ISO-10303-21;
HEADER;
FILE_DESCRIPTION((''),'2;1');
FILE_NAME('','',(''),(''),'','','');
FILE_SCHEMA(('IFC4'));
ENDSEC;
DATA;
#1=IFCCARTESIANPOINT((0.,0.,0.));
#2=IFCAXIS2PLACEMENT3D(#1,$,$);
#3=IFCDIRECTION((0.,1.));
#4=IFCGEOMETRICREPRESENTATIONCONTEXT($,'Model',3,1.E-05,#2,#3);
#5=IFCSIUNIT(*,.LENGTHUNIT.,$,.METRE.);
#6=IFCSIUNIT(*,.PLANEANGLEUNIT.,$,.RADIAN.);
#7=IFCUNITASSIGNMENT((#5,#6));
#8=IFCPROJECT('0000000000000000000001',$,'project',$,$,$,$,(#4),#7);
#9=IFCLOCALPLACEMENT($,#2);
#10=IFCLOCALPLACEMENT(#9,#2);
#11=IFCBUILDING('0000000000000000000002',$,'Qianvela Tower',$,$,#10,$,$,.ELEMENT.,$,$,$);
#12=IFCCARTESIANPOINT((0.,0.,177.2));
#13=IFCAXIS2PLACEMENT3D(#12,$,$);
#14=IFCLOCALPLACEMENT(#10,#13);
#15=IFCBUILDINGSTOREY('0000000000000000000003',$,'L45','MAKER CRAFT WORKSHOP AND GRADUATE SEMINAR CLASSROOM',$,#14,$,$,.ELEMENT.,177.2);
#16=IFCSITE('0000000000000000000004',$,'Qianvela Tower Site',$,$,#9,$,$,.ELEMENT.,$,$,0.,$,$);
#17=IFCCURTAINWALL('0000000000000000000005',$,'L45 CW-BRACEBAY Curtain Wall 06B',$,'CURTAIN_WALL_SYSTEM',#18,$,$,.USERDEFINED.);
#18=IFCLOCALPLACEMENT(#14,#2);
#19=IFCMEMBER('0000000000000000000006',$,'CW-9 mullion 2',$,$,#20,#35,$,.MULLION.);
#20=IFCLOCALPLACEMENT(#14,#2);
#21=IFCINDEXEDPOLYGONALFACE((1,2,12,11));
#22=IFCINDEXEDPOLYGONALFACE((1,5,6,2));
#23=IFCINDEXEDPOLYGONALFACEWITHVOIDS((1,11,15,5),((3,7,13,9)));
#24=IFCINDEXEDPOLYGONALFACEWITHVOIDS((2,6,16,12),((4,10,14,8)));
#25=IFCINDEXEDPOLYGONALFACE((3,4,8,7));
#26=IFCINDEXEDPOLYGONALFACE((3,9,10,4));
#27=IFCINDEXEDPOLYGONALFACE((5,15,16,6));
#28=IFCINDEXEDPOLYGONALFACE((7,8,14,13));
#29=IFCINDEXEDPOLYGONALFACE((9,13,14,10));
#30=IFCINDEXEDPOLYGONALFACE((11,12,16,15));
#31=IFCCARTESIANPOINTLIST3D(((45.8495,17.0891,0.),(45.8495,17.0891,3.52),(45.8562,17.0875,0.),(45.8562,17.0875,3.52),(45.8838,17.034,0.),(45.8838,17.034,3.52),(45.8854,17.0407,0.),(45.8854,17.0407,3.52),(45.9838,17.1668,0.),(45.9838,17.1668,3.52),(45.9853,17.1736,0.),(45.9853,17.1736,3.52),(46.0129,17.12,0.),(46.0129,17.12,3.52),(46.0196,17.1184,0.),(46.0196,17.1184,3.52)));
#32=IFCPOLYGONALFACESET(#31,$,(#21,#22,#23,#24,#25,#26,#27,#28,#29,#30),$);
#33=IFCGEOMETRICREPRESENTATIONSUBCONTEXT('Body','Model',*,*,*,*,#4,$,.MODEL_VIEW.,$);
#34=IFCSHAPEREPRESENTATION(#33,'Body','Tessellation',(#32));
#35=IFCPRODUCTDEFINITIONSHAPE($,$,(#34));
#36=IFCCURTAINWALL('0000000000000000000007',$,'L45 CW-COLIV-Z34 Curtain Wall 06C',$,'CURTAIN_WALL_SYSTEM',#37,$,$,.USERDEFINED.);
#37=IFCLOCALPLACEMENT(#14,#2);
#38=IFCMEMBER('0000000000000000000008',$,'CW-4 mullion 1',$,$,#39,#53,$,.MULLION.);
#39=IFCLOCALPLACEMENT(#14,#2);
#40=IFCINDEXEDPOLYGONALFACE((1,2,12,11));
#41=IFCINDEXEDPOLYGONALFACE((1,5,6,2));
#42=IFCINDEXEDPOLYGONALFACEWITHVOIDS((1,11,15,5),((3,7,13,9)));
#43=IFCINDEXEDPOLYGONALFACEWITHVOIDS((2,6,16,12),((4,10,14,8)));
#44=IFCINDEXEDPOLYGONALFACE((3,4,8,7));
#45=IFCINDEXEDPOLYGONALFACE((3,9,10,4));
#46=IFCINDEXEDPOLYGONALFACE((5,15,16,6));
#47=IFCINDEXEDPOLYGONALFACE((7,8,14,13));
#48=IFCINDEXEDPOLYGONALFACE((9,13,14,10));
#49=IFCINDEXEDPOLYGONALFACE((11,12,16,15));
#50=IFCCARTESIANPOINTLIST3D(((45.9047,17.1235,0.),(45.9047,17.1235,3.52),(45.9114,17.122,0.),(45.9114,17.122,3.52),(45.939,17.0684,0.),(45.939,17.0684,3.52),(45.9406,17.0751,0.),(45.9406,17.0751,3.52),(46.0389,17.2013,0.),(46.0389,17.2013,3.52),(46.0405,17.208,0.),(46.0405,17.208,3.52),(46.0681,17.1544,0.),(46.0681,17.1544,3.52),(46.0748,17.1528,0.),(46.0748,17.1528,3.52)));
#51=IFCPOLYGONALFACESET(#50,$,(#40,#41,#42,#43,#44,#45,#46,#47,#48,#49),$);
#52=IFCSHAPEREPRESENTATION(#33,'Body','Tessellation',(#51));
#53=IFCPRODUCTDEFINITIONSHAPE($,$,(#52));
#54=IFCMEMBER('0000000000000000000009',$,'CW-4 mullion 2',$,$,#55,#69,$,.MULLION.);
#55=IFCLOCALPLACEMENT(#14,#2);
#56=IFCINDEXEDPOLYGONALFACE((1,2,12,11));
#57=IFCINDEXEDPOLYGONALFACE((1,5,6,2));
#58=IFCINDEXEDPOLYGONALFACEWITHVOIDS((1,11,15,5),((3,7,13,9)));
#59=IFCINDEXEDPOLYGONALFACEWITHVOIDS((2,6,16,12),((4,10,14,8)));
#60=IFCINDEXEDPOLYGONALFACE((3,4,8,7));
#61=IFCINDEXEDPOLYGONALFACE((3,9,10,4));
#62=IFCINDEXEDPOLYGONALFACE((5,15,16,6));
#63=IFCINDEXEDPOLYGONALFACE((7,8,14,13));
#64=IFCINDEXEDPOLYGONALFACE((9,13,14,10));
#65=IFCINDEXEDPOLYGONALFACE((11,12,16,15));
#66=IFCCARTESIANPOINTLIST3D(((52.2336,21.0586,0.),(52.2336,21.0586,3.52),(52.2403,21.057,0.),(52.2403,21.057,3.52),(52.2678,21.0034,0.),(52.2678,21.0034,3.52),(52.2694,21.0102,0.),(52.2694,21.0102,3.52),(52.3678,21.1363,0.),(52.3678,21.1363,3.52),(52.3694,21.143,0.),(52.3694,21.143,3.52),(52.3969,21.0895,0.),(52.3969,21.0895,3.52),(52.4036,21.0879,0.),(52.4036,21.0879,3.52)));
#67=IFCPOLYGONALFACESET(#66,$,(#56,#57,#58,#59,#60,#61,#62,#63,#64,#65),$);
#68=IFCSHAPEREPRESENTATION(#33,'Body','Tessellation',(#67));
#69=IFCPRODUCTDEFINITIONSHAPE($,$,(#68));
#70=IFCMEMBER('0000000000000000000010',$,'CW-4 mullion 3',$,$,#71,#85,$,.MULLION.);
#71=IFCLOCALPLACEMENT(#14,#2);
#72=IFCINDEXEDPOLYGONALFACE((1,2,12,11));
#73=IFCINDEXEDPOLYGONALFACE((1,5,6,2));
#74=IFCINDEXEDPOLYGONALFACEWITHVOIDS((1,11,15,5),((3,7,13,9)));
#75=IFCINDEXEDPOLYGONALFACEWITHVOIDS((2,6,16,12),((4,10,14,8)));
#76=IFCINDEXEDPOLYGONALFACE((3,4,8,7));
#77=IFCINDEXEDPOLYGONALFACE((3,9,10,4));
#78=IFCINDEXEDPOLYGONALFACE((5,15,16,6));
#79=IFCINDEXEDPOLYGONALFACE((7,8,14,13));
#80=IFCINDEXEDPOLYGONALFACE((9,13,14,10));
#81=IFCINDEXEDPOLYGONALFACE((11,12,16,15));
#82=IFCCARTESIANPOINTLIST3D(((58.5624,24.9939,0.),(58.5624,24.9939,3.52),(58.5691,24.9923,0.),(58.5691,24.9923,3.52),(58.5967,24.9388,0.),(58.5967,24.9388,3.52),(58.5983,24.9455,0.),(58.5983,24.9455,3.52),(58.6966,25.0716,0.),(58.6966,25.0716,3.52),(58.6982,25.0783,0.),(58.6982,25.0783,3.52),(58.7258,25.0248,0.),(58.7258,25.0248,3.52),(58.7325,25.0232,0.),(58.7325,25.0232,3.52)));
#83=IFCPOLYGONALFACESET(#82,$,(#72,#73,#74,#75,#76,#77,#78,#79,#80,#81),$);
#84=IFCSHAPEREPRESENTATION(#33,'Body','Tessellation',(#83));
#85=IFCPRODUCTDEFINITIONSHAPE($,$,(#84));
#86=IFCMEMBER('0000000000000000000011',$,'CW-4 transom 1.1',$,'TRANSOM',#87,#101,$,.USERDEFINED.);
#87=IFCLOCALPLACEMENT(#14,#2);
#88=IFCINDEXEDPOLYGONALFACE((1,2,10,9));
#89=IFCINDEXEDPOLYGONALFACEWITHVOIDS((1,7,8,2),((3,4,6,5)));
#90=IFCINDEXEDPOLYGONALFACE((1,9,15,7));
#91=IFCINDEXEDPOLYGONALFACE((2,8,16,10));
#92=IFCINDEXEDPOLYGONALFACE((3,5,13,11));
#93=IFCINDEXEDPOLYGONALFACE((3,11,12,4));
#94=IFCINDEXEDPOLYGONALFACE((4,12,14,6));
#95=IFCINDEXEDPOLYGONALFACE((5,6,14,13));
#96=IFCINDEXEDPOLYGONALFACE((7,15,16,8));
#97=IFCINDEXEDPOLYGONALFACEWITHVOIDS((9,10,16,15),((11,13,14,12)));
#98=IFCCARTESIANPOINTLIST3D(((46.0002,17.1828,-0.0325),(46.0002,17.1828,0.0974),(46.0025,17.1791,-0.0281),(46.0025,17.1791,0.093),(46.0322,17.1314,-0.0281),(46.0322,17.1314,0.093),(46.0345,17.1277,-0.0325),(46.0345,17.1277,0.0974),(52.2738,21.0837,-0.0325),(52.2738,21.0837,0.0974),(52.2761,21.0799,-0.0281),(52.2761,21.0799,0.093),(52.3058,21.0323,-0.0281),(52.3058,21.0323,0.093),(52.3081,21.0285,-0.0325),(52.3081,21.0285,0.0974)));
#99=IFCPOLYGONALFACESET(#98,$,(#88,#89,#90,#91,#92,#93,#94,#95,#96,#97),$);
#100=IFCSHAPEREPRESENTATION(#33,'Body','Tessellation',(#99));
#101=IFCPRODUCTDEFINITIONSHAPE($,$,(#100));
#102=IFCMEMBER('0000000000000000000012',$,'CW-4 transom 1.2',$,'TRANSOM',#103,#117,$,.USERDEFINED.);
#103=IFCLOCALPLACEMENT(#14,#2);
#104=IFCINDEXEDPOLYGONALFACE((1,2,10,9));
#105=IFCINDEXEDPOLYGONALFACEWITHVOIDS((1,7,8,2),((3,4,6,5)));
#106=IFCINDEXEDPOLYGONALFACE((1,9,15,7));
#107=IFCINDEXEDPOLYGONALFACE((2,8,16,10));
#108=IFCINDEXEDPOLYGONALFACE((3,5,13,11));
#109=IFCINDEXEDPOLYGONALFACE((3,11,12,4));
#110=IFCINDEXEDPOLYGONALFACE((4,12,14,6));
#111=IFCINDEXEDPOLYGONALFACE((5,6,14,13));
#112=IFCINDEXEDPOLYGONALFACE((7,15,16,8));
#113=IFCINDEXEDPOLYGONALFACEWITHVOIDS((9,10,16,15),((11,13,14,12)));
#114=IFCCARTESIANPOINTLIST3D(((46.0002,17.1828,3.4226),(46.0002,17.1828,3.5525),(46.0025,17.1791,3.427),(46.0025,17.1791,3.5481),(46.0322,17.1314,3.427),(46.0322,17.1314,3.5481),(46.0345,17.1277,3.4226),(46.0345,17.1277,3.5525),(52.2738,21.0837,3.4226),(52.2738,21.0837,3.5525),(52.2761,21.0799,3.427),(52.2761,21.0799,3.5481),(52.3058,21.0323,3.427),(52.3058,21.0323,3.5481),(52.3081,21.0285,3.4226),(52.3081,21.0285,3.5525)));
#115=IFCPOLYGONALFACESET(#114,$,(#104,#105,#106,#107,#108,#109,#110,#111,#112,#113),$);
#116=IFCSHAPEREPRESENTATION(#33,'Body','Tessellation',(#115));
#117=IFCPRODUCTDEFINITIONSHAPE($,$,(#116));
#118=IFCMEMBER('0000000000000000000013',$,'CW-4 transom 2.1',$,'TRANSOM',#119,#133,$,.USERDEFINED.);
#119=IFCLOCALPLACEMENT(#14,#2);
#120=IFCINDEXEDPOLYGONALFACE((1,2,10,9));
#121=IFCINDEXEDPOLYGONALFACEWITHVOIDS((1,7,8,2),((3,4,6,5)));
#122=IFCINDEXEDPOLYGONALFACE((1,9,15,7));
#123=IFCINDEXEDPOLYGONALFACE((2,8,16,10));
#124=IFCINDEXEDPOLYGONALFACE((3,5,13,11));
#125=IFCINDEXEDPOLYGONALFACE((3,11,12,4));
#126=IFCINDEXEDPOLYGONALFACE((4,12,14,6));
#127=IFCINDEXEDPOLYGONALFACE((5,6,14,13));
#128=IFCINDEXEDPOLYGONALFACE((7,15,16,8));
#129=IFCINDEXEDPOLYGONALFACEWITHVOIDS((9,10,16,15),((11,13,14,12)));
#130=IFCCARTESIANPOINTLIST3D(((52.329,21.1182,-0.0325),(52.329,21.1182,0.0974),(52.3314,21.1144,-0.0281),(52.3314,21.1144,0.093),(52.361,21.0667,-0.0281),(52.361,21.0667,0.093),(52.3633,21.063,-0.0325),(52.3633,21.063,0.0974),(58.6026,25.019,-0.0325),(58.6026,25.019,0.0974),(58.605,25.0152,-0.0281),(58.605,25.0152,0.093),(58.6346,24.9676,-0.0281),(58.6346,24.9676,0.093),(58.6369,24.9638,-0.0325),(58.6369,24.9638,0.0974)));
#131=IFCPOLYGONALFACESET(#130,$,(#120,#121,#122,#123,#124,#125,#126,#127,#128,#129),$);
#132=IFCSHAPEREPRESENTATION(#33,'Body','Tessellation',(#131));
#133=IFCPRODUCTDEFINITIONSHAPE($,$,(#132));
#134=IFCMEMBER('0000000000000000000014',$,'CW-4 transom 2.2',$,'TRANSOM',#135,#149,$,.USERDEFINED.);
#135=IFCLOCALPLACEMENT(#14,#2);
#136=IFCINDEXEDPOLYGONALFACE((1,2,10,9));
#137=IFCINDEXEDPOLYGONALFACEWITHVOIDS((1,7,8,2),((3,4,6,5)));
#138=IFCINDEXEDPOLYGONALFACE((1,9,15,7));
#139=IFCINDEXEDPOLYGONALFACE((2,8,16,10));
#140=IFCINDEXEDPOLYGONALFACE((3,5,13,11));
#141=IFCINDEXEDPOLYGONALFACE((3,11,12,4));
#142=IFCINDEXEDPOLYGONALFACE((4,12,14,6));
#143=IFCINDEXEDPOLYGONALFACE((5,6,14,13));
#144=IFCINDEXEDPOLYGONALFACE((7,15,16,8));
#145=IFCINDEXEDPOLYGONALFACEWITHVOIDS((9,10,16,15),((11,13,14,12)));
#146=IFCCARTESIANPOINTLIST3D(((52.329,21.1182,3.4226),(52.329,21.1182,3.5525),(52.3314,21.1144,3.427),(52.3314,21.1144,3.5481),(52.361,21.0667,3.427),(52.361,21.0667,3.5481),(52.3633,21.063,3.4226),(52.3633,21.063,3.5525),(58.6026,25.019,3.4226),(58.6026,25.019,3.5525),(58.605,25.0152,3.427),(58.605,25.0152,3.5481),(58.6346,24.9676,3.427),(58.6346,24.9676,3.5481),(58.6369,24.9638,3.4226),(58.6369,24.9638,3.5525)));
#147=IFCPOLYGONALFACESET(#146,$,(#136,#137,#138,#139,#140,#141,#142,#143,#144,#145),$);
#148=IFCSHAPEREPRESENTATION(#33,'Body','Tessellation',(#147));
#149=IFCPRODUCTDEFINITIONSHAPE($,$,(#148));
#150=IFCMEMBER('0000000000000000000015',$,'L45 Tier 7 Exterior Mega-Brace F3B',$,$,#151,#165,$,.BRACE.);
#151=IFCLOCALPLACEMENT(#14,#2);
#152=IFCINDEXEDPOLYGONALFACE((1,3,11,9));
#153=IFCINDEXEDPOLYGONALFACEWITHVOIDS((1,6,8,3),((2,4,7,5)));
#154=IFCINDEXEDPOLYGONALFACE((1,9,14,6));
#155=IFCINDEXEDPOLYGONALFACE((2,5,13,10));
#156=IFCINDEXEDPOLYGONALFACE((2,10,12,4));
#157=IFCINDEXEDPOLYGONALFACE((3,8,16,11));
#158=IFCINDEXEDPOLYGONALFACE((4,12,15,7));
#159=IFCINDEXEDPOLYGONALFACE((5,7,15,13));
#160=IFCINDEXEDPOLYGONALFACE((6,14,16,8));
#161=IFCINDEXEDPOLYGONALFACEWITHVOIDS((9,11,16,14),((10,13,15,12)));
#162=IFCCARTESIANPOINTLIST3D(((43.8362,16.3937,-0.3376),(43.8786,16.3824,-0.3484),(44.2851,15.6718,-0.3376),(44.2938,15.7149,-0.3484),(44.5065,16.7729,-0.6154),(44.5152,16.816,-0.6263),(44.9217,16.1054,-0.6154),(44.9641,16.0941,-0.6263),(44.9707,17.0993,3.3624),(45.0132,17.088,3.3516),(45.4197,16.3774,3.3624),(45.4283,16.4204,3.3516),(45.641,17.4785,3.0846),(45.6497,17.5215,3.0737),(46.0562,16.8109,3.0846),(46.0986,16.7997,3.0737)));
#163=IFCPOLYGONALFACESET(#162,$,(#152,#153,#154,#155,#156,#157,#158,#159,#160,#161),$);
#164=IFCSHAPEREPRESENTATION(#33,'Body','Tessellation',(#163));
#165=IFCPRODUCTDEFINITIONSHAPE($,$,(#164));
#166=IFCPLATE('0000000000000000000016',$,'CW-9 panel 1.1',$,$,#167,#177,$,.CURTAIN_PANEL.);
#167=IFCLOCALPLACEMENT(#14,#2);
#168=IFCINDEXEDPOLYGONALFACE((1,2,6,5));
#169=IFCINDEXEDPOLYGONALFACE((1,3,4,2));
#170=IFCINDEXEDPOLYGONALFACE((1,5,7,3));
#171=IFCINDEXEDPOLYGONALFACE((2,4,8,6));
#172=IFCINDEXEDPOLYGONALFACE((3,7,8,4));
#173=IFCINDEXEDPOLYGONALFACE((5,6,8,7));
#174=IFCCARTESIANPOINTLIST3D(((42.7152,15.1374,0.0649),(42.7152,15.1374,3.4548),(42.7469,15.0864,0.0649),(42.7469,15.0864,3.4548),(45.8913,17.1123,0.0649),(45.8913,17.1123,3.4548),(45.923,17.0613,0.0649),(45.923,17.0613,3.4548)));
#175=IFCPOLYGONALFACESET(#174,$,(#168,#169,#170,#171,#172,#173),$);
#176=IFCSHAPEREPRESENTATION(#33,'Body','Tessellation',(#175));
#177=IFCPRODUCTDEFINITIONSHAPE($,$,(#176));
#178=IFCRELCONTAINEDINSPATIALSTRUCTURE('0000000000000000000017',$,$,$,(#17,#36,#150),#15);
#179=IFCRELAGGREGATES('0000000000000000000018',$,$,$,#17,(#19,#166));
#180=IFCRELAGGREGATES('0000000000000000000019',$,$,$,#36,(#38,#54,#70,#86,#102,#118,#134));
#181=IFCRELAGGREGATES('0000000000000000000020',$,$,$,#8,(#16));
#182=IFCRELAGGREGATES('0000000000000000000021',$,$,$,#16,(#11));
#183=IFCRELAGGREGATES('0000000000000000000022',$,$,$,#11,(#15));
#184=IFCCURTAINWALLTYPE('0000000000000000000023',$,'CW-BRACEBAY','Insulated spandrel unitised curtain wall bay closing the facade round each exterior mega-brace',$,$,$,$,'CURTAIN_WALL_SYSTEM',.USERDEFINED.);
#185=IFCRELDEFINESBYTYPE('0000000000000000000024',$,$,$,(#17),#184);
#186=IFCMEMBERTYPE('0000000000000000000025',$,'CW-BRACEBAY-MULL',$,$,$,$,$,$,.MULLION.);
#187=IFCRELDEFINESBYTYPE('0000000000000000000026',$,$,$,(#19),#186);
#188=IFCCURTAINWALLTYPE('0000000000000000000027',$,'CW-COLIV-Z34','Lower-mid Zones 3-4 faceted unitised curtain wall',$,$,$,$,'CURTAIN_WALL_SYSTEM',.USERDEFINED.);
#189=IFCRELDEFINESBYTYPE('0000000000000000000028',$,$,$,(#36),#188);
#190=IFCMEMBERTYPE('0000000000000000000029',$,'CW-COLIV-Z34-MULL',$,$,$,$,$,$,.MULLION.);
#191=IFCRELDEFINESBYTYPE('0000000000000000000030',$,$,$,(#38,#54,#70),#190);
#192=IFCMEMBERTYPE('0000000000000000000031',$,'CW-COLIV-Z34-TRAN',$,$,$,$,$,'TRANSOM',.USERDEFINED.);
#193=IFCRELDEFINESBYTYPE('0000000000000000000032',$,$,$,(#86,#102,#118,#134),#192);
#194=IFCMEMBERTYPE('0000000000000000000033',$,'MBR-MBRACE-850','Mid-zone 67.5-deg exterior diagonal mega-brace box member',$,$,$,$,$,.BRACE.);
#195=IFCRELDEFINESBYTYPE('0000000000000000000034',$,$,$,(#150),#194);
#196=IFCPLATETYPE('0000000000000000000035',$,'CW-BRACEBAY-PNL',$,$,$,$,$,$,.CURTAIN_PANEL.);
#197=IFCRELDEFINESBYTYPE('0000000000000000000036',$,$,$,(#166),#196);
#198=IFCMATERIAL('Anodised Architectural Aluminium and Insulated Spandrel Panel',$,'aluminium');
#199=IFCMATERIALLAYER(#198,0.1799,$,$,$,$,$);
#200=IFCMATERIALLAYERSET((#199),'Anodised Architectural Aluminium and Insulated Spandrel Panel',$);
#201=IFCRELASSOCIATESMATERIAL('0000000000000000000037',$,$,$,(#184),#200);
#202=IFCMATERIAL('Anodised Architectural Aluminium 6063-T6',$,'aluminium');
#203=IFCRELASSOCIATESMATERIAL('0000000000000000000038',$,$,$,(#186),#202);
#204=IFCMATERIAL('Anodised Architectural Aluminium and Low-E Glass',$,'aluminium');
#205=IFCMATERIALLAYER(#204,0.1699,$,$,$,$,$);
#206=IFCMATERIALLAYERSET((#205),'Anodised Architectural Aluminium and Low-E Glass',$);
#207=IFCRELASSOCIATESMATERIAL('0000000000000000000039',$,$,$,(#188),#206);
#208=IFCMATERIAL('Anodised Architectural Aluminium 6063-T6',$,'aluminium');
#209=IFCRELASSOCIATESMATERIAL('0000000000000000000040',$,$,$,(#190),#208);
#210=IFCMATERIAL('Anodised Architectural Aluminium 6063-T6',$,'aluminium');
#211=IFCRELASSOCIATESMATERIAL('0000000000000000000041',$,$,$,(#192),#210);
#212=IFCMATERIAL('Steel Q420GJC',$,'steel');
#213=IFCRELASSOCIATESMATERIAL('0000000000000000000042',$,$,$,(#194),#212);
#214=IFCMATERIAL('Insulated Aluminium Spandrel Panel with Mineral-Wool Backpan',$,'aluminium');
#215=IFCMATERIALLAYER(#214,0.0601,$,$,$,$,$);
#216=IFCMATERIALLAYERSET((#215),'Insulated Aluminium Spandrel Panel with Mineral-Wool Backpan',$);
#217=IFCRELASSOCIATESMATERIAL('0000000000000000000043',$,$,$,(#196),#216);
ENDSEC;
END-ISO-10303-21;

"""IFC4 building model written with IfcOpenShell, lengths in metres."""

from ifc_helpers import new_model, si_unit, direction, frame, origin, origin_2d, place, context, subcontext, project, spatial, rectangle, hollow_rectangle, extrude, material, layer, layer_set, material_profile, profile_set, type_object, element, aggregate, save


model = new_model("IFC4")

# Units and contexts
model_context = context("Model", 3, precision=1e-05, world=origin(), true_north=direction((0.0, 1.0)))
body_context = subcontext(model_context, "Body", "Model", "MODEL_VIEW")
ifc_project = project(units=[si_unit("LENGTHUNIT", "METRE"), si_unit("PLANEANGLEUNIT", "RADIAN")], contexts=[model_context])

# Site, building, storey
site_placement = place(None, origin())
site = spatial("IfcSite", under=ifc_project, at=site_placement, Name="Qianvela Tower Site", CompositionType="ELEMENT", RefElevation=0.0)
building_placement = place(site_placement, origin())
building = spatial("IfcBuilding", under=site, at=building_placement, Name="Qianvela Tower", CompositionType="ELEMENT")
storey_placement = place(building_placement, frame((0.0, 0.0, 177.2)))
storey = spatial("IfcBuildingStorey", under=building, at=storey_placement, Name="L45", Description="MAKER CRAFT WORKSHOP AND GRADUATE SEMINAR CLASSROOM", CompositionType="ELEMENT", Elevation=177.2)

# Curtain wall, member
ifc_material_1 = material(Name="Anodised Architectural Aluminium and Insulated Spandrel Panel", Category="aluminium")
ifc_layer_1 = layer(ifc_material_1, 0.1799)
ifc_layer_set_1 = layer_set([ifc_layer_1], Name="Anodised Architectural Aluminium and Insulated Spandrel Panel")
curtain_wall_type_1 = type_object("IfcCurtainWallType", Name="CW-BRACEBAY", Description="Insulated spandrel unitised curtain wall bay closing the facade round each exterior mega-brace", ElementType="CURTAIN_WALL_SYSTEM", PredefinedType="USERDEFINED", material=ifc_layer_set_1)
curtain_wall_1_placement = place(storey_placement, origin())
curtain_wall_1 = element("IfcCurtainWall", 1, at=curtain_wall_1_placement, inside=storey, type_object=curtain_wall_type_1, Name="L45 CW-BRACEBAY Curtain Wall 06B", ObjectType="CURTAIN_WALL_SYSTEM", PredefinedType="USERDEFINED")
ifc_material_2 = material(Name="Anodised Architectural Aluminium 6063-T6", Category="aluminium")
ifc_material_profile_1 = material_profile(ifc_material_2, hollow_rectangle(XDim=0.0649, YDim=0.1599, WallThickness=0.0049, at=origin_2d()), Name="ALU-MULL-65x160")
ifc_profile_set_1 = profile_set([ifc_material_profile_1], Name="Anodised Architectural Aluminium 6063-T6")
member_type_1 = type_object("IfcMemberType", Name="CW-BRACEBAY-MULL", PredefinedType="MULLION", material=ifc_profile_set_1)
member_1_placement = place(storey_placement, frame((45.9346, 17.1038, 0.0), z_axis=(0.0, 0.0, 1.0), x_axis=(-0.528046, 0.849215, 0.0)))
member_1 = element("IfcMember", 2, at=member_1_placement, type_object=member_type_1, Name="CW-9 mullion 2", PredefinedType="MULLION", context=body_context, shape_type="SweptSolid", body=[
    extrude(hollow_rectangle(XDim=0.0649, YDim=0.1599, WallThickness=0.0049, at=origin_2d()), origin(), (0.0, 0.0, 1.0), 3.52),
])

# Curtain wall, members
ifc_material_3 = material(Name="Anodised Architectural Aluminium and Low-E Glass", Category="aluminium")
ifc_layer_2 = layer(ifc_material_3, 0.1699)
ifc_layer_set_2 = layer_set([ifc_layer_2], Name="Anodised Architectural Aluminium and Low-E Glass")
curtain_wall_type_2 = type_object("IfcCurtainWallType", Name="CW-COLIV-Z34", Description="Lower-mid Zones 3-4 faceted unitised curtain wall", ElementType="CURTAIN_WALL_SYSTEM", PredefinedType="USERDEFINED", material=ifc_layer_set_2)
curtain_wall_2_placement = place(storey_placement, origin())
curtain_wall_2 = element("IfcCurtainWall", 3, at=curtain_wall_2_placement, inside=storey, type_object=curtain_wall_type_2, Name="L45 CW-COLIV-Z34 Curtain Wall 06C", ObjectType="CURTAIN_WALL_SYSTEM", PredefinedType="USERDEFINED")
ifc_material_4 = material(Name="Anodised Architectural Aluminium 6063-T6", Category="aluminium")
ifc_material_profile_2 = material_profile(ifc_material_4, hollow_rectangle(XDim=0.0649, YDim=0.1599, WallThickness=0.0049, at=origin_2d()), Name="ALU-MULL-65x160")
ifc_profile_set_2 = profile_set([ifc_material_profile_2], Name="Anodised Architectural Aluminium 6063-T6")
member_type_2 = type_object("IfcMemberType", Name="CW-COLIV-Z34-MULL", PredefinedType="MULLION", material=ifc_profile_set_2)
member_2_placement = place(storey_placement, frame((45.9897, 17.1382, 0.0), z_axis=(0.0, 0.0, 1.0), x_axis=(-0.528038, 0.849221, 0.0)))
member_2 = element("IfcMember", 4, at=member_2_placement, type_object=member_type_2, Name="CW-4 mullion 1", PredefinedType="MULLION", context=body_context, shape_type="SweptSolid", body=[
    extrude(hollow_rectangle(XDim=0.0649, YDim=0.1599, WallThickness=0.0049, at=origin_2d()), origin(), (0.0, 0.0, 1.0), 3.52),
])
member_3_placement = place(storey_placement, frame((52.3186, 21.0732, 0.0), z_axis=(0.0, 0.0, 1.0), x_axis=(-0.528038, 0.849221, 0.0)))
member_3 = element("IfcMember", 5, at=member_3_placement, type_object=member_type_2, Name="CW-4 mullion 2", PredefinedType="MULLION", context=body_context, shape_type="SweptSolid", body=[
    extrude(hollow_rectangle(XDim=0.0649, YDim=0.1599, WallThickness=0.0049, at=origin_2d()), origin(), (0.0, 0.0, 1.0), 3.52),
])
member_4_placement = place(storey_placement, frame((58.6475, 25.0085, 0.0), z_axis=(0.0, 0.0, 1.0), x_axis=(-0.528038, 0.849221, 0.0)))
member_4 = element("IfcMember", 6, at=member_4_placement, type_object=member_type_2, Name="CW-4 mullion 3", PredefinedType="MULLION", context=body_context, shape_type="SweptSolid", body=[
    extrude(hollow_rectangle(XDim=0.0649, YDim=0.1599, WallThickness=0.0049, at=origin_2d()), origin(), (0.0, 0.0, 1.0), 3.52),
])
ifc_material_5 = material(Name="Anodised Architectural Aluminium 6063-T6", Category="aluminium")
ifc_material_profile_3 = material_profile(ifc_material_5, hollow_rectangle(XDim=0.0649, YDim=0.1299, WallThickness=0.0044, at=origin_2d()), Name="ALU-TRAN-65x130")
ifc_profile_set_3 = profile_set([ifc_material_profile_3], Name="Anodised Architectural Aluminium 6063-T6")
member_type_3 = type_object("IfcMemberType", Name="CW-COLIV-Z34-TRAN", ElementType="TRANSOM", PredefinedType="USERDEFINED", material=ifc_profile_set_3)
member_5_placement = place(storey_placement, frame((46.0173, 17.1553, 0.0325), z_axis=(0.849223, 0.528034, 0.0), x_axis=(-0.528034, 0.849223, 0.0)))
member_5 = element("IfcMember", 7, at=member_5_placement, type_object=member_type_3, Name="CW-4 transom 1.1", ObjectType="TRANSOM", PredefinedType="USERDEFINED", context=body_context, shape_type="SweptSolid", body=[
    extrude(hollow_rectangle(XDim=0.0649, YDim=0.1299, WallThickness=0.0044, at=origin_2d()), origin(), (0.0, 0.0, 1.0), 7.3875),
])
member_6_placement = place(storey_placement, frame((46.0173, 17.1553, 3.4875), z_axis=(0.849223, 0.528034, 0.0), x_axis=(-0.528034, 0.849223, 0.0)))
member_6 = element("IfcMember", 8, at=member_6_placement, type_object=member_type_3, Name="CW-4 transom 1.2", ObjectType="TRANSOM", PredefinedType="USERDEFINED", context=body_context, shape_type="SweptSolid", body=[
    extrude(hollow_rectangle(XDim=0.0649, YDim=0.1299, WallThickness=0.0044, at=origin_2d()), origin(), (0.0, 0.0, 1.0), 7.3875),
])
member_7_placement = place(storey_placement, frame((52.3462, 21.0906, 0.0325), z_axis=(0.849223, 0.528034, 0.0), x_axis=(-0.528034, 0.849223, 0.0)))
member_7 = element("IfcMember", 9, at=member_7_placement, type_object=member_type_3, Name="CW-4 transom 2.1", ObjectType="TRANSOM", PredefinedType="USERDEFINED", context=body_context, shape_type="SweptSolid", body=[
    extrude(hollow_rectangle(XDim=0.0649, YDim=0.1299, WallThickness=0.0044, at=origin_2d()), origin(), (0.0, 0.0, 1.0), 7.3875),
])
member_8_placement = place(storey_placement, frame((52.3462, 21.0906, 3.4875), z_axis=(0.849223, 0.528034, 0.0), x_axis=(-0.528034, 0.849223, 0.0)))
member_8 = element("IfcMember", 10, at=member_8_placement, type_object=member_type_3, Name="CW-4 transom 2.2", ObjectType="TRANSOM", PredefinedType="USERDEFINED", context=body_context, shape_type="SweptSolid", body=[
    extrude(hollow_rectangle(XDim=0.0649, YDim=0.1299, WallThickness=0.0044, at=origin_2d()), origin(), (0.0, 0.0, 1.0), 7.3875),
])

# Member
ifc_material_6 = material(Name="Steel Q420GJC", Category="steel")
ifc_material_profile_4 = material_profile(ifc_material_6, hollow_rectangle(XDim=0.8501, YDim=0.8501, WallThickness=0.032, at=origin_2d()), Name="MBOX-850x850x32")
ifc_profile_set_4 = profile_set([ifc_material_profile_4], Name="Steel Q420GJC")
member_type_4 = type_object("IfcMemberType", Name="MBR-MBRACE-850", Description="Mid-zone 67.5-deg exterior diagonal mega-brace box member", PredefinedType="BRACE", material=ifc_profile_set_4)
member_9_placement = place(storey_placement, frame((44.4001, 16.2439, -0.4819), z_axis=(0.288405, 0.179361, 0.940559), x_axis=(-0.528109, 0.849177, 0.0)))
element("IfcMember", 11, at=member_9_placement, inside=storey, type_object=member_type_4, Name="L45 Tier 7 Exterior Mega-Brace F3B", PredefinedType="BRACE", context=body_context, shape_type="SweptSolid", body=[
    extrude(hollow_rectangle(XDim=0.8501, YDim=0.8501, WallThickness=0.032, at=origin_2d()), origin(), (0.0, 0.0, 1.0), 3.9338),
])

# Plate
ifc_material_7 = material(Name="Insulated Aluminium Spandrel Panel with Mineral-Wool Backpan", Category="aluminium")
ifc_layer_3 = layer(ifc_material_7, 0.0601)
ifc_layer_set_3 = layer_set([ifc_layer_3], Name="Insulated Aluminium Spandrel Panel with Mineral-Wool Backpan")
plate_type_1 = type_object("IfcPlateType", Name="CW-BRACEBAY-PNL", PredefinedType="CURTAIN_PANEL", material=ifc_layer_set_3)
plate_1_placement = place(storey_placement, frame((44.3191, 16.0994, 0.0649), z_axis=(0.0, 0.0, 1.0), x_axis=(0.849215, 0.528046, 0.0)))
plate_1 = element("IfcPlate", 12, at=plate_1_placement, type_object=plate_type_1, Name="CW-9 panel 1.1", PredefinedType="CURTAIN_PANEL", context=body_context, shape_type="SweptSolid", body=[
    extrude(rectangle(XDim=3.74, YDim=0.0601, at=origin_2d()), origin(), (0.0, 0.0, 1.0), 3.3899),
])
aggregate(curtain_wall_1, [member_1, plate_1])
aggregate(curtain_wall_2, [member_2, member_3, member_4, member_5, member_6, member_7, member_8])

save(model, "model.ifc")
